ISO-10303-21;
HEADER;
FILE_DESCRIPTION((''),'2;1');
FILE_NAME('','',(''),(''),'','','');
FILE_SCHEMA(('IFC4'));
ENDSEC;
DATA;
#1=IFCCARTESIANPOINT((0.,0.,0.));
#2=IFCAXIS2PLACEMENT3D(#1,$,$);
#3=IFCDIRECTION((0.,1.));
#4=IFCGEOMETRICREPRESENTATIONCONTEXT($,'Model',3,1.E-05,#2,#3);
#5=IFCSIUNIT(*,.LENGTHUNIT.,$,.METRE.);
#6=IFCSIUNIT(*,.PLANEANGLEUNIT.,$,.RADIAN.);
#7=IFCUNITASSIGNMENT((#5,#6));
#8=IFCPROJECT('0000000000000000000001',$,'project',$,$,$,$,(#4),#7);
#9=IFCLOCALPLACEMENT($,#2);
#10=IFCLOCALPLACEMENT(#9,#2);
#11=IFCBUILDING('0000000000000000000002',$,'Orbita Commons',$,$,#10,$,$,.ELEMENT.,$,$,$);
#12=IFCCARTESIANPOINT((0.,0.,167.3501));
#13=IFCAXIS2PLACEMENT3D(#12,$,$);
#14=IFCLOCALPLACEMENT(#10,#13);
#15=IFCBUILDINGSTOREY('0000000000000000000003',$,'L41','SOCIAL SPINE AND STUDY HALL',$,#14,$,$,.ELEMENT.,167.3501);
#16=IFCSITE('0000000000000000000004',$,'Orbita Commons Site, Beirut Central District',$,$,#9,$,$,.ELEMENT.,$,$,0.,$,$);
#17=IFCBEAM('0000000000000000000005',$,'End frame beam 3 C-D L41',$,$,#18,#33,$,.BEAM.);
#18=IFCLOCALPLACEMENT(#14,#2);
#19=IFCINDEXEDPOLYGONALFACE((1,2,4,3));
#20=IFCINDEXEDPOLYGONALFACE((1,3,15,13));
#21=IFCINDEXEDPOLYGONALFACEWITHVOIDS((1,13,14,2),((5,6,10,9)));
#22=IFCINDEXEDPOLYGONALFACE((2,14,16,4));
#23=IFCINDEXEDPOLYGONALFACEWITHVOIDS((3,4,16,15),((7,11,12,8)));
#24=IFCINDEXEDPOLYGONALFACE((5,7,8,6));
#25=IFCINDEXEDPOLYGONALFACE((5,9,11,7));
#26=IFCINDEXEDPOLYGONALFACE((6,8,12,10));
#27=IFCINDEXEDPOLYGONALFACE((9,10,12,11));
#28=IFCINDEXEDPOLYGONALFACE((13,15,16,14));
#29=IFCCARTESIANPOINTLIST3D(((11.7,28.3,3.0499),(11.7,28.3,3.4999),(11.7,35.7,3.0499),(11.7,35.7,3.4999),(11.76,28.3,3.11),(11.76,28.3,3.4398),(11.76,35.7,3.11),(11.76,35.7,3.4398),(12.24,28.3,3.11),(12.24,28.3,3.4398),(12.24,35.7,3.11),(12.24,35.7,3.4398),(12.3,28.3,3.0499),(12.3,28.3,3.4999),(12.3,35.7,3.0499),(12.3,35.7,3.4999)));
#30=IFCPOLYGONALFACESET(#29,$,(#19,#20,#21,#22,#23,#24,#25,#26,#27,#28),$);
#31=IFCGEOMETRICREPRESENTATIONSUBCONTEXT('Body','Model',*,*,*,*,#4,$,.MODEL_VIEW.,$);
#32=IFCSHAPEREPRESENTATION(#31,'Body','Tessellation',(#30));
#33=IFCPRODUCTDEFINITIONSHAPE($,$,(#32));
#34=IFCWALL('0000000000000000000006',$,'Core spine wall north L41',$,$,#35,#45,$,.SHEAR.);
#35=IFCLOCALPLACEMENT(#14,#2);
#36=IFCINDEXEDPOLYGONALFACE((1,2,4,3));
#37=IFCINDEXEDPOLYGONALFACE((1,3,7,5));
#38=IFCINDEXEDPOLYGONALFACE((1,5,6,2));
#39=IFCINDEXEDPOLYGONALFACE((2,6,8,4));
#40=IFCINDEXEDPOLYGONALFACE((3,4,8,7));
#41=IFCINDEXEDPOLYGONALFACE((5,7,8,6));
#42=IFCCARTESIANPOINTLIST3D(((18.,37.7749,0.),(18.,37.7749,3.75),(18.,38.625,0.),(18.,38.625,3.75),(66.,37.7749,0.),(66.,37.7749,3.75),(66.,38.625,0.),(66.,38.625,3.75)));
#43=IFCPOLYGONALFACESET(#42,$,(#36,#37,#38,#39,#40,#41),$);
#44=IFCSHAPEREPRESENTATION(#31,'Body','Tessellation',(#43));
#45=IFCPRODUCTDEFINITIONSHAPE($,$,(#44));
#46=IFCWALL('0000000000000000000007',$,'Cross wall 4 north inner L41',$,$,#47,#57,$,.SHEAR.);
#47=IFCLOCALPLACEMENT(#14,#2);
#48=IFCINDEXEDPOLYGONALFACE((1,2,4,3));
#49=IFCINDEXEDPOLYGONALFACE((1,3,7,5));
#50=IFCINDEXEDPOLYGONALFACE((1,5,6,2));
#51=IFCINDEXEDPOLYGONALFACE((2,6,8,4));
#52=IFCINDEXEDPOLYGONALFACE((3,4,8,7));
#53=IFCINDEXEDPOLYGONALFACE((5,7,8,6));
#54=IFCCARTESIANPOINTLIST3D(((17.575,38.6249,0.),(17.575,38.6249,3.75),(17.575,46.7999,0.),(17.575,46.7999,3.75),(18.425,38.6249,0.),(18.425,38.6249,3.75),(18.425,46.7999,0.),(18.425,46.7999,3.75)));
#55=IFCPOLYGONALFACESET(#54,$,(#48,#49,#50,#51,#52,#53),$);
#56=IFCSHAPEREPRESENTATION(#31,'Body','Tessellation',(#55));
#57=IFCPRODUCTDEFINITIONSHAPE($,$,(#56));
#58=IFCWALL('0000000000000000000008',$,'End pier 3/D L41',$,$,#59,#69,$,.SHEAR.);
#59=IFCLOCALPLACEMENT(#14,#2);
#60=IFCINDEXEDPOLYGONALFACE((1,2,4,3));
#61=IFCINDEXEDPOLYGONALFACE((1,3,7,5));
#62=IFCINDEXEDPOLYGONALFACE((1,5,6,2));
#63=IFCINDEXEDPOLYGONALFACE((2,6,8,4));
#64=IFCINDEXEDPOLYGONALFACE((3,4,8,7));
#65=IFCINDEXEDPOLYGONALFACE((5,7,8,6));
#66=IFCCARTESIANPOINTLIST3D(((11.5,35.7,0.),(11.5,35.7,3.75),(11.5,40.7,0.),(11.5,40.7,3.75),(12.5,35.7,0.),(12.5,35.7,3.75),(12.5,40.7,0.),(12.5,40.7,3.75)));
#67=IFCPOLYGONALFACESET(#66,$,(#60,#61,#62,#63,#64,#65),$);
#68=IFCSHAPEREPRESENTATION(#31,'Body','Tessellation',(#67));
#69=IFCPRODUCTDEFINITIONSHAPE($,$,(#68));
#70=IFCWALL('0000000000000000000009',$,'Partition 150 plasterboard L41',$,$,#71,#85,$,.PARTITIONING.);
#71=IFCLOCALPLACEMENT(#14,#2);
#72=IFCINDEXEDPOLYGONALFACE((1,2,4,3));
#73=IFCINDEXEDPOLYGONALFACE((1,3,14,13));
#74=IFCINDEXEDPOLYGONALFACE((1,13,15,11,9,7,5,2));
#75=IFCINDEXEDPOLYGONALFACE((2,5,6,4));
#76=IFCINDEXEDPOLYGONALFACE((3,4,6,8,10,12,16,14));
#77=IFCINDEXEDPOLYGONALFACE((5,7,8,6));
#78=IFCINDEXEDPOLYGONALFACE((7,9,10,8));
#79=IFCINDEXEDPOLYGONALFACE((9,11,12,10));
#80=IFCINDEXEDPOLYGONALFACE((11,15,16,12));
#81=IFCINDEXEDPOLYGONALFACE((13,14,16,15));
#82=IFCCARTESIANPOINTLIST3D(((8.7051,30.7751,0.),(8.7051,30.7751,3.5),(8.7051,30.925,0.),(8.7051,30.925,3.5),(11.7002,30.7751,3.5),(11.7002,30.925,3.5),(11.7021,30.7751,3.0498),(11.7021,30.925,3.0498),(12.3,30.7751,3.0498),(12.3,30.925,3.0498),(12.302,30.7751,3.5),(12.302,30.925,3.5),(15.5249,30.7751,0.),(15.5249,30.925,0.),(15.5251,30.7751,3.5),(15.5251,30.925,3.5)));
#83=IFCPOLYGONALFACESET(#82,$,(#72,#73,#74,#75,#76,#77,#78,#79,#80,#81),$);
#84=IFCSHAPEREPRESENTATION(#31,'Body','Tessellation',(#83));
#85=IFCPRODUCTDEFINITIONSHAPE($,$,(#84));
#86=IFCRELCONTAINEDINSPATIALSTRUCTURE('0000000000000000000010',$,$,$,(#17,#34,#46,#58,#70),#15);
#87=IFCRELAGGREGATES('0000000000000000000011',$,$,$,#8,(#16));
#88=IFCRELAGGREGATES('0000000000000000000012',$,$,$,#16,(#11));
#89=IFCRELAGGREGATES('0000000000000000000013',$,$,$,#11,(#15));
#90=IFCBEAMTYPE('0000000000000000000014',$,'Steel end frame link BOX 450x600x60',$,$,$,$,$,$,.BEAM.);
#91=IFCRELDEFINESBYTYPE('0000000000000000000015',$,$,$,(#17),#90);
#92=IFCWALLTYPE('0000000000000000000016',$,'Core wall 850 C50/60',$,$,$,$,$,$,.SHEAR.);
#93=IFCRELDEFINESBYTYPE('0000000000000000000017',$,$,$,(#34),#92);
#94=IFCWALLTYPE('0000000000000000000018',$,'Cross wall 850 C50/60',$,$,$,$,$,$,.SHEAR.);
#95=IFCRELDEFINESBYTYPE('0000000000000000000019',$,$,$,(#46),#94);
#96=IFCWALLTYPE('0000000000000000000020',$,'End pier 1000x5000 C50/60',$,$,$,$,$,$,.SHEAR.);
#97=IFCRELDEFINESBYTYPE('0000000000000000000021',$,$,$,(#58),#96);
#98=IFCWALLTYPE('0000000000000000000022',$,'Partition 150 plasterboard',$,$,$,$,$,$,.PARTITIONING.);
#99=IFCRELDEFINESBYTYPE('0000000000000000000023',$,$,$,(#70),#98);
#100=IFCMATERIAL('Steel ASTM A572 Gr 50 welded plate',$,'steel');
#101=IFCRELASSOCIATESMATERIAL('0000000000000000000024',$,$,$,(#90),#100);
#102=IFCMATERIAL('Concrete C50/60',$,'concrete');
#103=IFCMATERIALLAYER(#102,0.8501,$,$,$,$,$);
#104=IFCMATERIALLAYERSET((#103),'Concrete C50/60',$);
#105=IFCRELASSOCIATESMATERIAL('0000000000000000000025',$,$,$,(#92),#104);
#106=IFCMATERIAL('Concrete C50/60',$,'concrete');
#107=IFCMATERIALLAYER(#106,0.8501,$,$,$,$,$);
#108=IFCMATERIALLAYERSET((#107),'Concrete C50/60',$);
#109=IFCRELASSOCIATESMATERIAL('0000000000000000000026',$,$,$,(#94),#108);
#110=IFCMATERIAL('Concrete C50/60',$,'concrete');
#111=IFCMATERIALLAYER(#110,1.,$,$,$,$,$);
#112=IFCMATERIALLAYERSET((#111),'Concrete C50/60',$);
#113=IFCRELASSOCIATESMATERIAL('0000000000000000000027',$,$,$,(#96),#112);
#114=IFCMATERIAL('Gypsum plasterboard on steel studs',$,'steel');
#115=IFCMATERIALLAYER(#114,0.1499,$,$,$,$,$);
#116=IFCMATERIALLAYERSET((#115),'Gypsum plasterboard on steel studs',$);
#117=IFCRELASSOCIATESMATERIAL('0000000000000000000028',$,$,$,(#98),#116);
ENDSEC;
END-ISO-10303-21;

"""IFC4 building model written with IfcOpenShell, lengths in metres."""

from ifc_helpers import new_model, si_unit, direction, frame, frame_2d, origin, origin_2d, place, context, subcontext, project, spatial, polyline, rectangle, hollow_rectangle, outline, extrude, material, layer, layer_set, material_profile, profile_set, type_object, element, save


model = new_model("IFC4")

# Units and contexts
model_context = context("Model", 3, precision=1e-05, world=origin(), true_north=direction((0.0, 1.0)))
body_context = subcontext(model_context, "Body", "Model", "MODEL_VIEW")
ifc_project = project(units=[si_unit("LENGTHUNIT", "METRE"), si_unit("PLANEANGLEUNIT", "RADIAN")], contexts=[model_context])

# Site, building, storey
site_placement = place(None, origin())
site = spatial("IfcSite", under=ifc_project, at=site_placement, Name="Orbita Commons Site, Beirut Central District", CompositionType="ELEMENT", RefElevation=0.0)
building_placement = place(site_placement, origin())
building = spatial("IfcBuilding", under=site, at=building_placement, Name="Orbita Commons", CompositionType="ELEMENT")
storey_placement = place(building_placement, frame((0.0, 0.0, 167.3501)))
storey = spatial("IfcBuildingStorey", under=building, at=storey_placement, Name="L41", Description="SOCIAL SPINE AND STUDY HALL", CompositionType="ELEMENT", Elevation=167.3501)

# Beam
ifc_material_1 = material(Name="Steel ASTM A572 Gr 50 welded plate", Category="steel")
ifc_material_profile = material_profile(ifc_material_1, hollow_rectangle(XDim=0.6001, YDim=0.45, WallThickness=0.0601, at=origin_2d()), Name="BOX 450x600x60")
ifc_profile_set = profile_set([ifc_material_profile], Name="Steel ASTM A572 Gr 50 welded plate")
beam_type = type_object("IfcBeamType", Name="Steel end frame link BOX 450x600x60", PredefinedType="BEAM", material=ifc_profile_set)
beam_placement = place(storey_placement, frame((12.0, 28.3, 3.2749), z_axis=(0.0, 1.0, 0.0), x_axis=(-1.0, 0.0, 0.0)))
element("IfcBeam", 1, at=beam_placement, inside=storey, type_object=beam_type, Name="End frame beam 3 C-D L41", PredefinedType="BEAM", context=body_context, shape_type="SweptSolid", body=[
    extrude(hollow_rectangle(XDim=0.6001, YDim=0.45, WallThickness=0.0601, at=origin_2d()), origin(), (0.0, 0.0, 1.0), 7.3999),
])

# Walls
ifc_material_2 = material(Name="Concrete C50/60", Category="concrete")
ifc_layer_1 = layer(ifc_material_2, 0.8501)
ifc_layer_set_1 = layer_set([ifc_layer_1], Name="Concrete C50/60")
wall_type_1 = type_object("IfcWallType", Name="Core wall 850 C50/60", PredefinedType="SHEAR", material=ifc_layer_set_1)
wall_1_placement = place(storey_placement, frame((18.0, 38.2, 0.0), z_axis=(0.0, 0.0, 1.0), x_axis=(1.0, 0.0, 0.0)))
element("IfcWall", 2, at=wall_1_placement, inside=storey, type_object=wall_type_1, Name="Core spine wall north L41", PredefinedType="SHEAR", context=body_context, shape_type="SweptSolid", body=[
    extrude(rectangle(XDim=48.0, YDim=0.8501, at=frame_2d((24.0, 0.0))), origin(), (0.0, 0.0, 1.0), 3.75),
])
ifc_material_3 = material(Name="Concrete C50/60", Category="concrete")
ifc_layer_2 = layer(ifc_material_3, 0.8501)
ifc_layer_set_2 = layer_set([ifc_layer_2], Name="Concrete C50/60")
wall_type_2 = type_object("IfcWallType", Name="Cross wall 850 C50/60", PredefinedType="SHEAR", material=ifc_layer_set_2)
wall_2_placement = place(storey_placement, frame((18.0, 38.625, 0.0), z_axis=(0.0, 0.0, 1.0), x_axis=(0.0, 1.0, 0.0)))
element("IfcWall", 3, at=wall_2_placement, inside=storey, type_object=wall_type_2, Name="Cross wall 4 north inner L41", PredefinedType="SHEAR", context=body_context, shape_type="SweptSolid", body=[
    extrude(rectangle(XDim=8.175, YDim=0.8501, at=frame_2d((4.0874, 0.0))), origin(), (0.0, 0.0, 1.0), 3.75),
])
ifc_material_4 = material(Name="Concrete C50/60", Category="concrete")
ifc_layer_3 = layer(ifc_material_4, 1.0)
ifc_layer_set_3 = layer_set([ifc_layer_3], Name="Concrete C50/60")
wall_type_3 = type_object("IfcWallType", Name="End pier 1000x5000 C50/60", PredefinedType="SHEAR", material=ifc_layer_set_3)
wall_3_placement = place(storey_placement, frame((12.0, 35.7, 0.0), z_axis=(0.0, 0.0, 1.0), x_axis=(0.0, 1.0, 0.0)))
element("IfcWall", 4, at=wall_3_placement, inside=storey, type_object=wall_type_3, Name="End pier 3/D L41", PredefinedType="SHEAR", context=body_context, shape_type="SweptSolid", body=[
    extrude(rectangle(XDim=5.0, YDim=1.0, at=frame_2d((2.5, 0.0))), origin(), (0.0, 0.0, 1.0), 3.75),
])
ifc_material_5 = material(Name="Gypsum plasterboard on steel studs", Category="steel")
ifc_layer_4 = layer(ifc_material_5, 0.1499)
ifc_layer_set_4 = layer_set([ifc_layer_4], Name="Gypsum plasterboard on steel studs")
wall_type_4 = type_object("IfcWallType", Name="Partition 150 plasterboard", PredefinedType="PARTITIONING", material=ifc_layer_set_4)
wall_4_placement = place(storey_placement, frame((8.7051, 30.8501, 0.0), z_axis=(0.0, 0.0, 1.0), x_axis=(1.0, 0.0, 0.0)))
element("IfcWall", 5, at=wall_4_placement, inside=storey, type_object=wall_type_4, Name="Partition 150 plasterboard L41", PredefinedType="PARTITIONING", context=body_context, shape_type="SweptSolid", body=[
    extrude(outline(polyline([(0.0, 0.0), (6.8198, 0.0), (6.8201, 3.5), (3.5969, 3.5), (3.595, 3.0498), (2.9971, 3.0498), (2.9951, 3.5), (0.0, 3.5), (0.0, 0.0)])), frame((0.0, 0.075, 0.0), z_axis=(0.0, -1.0, 0.0), x_axis=(1.0, 0.0, 0.0)), (0.0, 0.0, 1.0), 0.1499),
])

save(model, "model.ifc")
